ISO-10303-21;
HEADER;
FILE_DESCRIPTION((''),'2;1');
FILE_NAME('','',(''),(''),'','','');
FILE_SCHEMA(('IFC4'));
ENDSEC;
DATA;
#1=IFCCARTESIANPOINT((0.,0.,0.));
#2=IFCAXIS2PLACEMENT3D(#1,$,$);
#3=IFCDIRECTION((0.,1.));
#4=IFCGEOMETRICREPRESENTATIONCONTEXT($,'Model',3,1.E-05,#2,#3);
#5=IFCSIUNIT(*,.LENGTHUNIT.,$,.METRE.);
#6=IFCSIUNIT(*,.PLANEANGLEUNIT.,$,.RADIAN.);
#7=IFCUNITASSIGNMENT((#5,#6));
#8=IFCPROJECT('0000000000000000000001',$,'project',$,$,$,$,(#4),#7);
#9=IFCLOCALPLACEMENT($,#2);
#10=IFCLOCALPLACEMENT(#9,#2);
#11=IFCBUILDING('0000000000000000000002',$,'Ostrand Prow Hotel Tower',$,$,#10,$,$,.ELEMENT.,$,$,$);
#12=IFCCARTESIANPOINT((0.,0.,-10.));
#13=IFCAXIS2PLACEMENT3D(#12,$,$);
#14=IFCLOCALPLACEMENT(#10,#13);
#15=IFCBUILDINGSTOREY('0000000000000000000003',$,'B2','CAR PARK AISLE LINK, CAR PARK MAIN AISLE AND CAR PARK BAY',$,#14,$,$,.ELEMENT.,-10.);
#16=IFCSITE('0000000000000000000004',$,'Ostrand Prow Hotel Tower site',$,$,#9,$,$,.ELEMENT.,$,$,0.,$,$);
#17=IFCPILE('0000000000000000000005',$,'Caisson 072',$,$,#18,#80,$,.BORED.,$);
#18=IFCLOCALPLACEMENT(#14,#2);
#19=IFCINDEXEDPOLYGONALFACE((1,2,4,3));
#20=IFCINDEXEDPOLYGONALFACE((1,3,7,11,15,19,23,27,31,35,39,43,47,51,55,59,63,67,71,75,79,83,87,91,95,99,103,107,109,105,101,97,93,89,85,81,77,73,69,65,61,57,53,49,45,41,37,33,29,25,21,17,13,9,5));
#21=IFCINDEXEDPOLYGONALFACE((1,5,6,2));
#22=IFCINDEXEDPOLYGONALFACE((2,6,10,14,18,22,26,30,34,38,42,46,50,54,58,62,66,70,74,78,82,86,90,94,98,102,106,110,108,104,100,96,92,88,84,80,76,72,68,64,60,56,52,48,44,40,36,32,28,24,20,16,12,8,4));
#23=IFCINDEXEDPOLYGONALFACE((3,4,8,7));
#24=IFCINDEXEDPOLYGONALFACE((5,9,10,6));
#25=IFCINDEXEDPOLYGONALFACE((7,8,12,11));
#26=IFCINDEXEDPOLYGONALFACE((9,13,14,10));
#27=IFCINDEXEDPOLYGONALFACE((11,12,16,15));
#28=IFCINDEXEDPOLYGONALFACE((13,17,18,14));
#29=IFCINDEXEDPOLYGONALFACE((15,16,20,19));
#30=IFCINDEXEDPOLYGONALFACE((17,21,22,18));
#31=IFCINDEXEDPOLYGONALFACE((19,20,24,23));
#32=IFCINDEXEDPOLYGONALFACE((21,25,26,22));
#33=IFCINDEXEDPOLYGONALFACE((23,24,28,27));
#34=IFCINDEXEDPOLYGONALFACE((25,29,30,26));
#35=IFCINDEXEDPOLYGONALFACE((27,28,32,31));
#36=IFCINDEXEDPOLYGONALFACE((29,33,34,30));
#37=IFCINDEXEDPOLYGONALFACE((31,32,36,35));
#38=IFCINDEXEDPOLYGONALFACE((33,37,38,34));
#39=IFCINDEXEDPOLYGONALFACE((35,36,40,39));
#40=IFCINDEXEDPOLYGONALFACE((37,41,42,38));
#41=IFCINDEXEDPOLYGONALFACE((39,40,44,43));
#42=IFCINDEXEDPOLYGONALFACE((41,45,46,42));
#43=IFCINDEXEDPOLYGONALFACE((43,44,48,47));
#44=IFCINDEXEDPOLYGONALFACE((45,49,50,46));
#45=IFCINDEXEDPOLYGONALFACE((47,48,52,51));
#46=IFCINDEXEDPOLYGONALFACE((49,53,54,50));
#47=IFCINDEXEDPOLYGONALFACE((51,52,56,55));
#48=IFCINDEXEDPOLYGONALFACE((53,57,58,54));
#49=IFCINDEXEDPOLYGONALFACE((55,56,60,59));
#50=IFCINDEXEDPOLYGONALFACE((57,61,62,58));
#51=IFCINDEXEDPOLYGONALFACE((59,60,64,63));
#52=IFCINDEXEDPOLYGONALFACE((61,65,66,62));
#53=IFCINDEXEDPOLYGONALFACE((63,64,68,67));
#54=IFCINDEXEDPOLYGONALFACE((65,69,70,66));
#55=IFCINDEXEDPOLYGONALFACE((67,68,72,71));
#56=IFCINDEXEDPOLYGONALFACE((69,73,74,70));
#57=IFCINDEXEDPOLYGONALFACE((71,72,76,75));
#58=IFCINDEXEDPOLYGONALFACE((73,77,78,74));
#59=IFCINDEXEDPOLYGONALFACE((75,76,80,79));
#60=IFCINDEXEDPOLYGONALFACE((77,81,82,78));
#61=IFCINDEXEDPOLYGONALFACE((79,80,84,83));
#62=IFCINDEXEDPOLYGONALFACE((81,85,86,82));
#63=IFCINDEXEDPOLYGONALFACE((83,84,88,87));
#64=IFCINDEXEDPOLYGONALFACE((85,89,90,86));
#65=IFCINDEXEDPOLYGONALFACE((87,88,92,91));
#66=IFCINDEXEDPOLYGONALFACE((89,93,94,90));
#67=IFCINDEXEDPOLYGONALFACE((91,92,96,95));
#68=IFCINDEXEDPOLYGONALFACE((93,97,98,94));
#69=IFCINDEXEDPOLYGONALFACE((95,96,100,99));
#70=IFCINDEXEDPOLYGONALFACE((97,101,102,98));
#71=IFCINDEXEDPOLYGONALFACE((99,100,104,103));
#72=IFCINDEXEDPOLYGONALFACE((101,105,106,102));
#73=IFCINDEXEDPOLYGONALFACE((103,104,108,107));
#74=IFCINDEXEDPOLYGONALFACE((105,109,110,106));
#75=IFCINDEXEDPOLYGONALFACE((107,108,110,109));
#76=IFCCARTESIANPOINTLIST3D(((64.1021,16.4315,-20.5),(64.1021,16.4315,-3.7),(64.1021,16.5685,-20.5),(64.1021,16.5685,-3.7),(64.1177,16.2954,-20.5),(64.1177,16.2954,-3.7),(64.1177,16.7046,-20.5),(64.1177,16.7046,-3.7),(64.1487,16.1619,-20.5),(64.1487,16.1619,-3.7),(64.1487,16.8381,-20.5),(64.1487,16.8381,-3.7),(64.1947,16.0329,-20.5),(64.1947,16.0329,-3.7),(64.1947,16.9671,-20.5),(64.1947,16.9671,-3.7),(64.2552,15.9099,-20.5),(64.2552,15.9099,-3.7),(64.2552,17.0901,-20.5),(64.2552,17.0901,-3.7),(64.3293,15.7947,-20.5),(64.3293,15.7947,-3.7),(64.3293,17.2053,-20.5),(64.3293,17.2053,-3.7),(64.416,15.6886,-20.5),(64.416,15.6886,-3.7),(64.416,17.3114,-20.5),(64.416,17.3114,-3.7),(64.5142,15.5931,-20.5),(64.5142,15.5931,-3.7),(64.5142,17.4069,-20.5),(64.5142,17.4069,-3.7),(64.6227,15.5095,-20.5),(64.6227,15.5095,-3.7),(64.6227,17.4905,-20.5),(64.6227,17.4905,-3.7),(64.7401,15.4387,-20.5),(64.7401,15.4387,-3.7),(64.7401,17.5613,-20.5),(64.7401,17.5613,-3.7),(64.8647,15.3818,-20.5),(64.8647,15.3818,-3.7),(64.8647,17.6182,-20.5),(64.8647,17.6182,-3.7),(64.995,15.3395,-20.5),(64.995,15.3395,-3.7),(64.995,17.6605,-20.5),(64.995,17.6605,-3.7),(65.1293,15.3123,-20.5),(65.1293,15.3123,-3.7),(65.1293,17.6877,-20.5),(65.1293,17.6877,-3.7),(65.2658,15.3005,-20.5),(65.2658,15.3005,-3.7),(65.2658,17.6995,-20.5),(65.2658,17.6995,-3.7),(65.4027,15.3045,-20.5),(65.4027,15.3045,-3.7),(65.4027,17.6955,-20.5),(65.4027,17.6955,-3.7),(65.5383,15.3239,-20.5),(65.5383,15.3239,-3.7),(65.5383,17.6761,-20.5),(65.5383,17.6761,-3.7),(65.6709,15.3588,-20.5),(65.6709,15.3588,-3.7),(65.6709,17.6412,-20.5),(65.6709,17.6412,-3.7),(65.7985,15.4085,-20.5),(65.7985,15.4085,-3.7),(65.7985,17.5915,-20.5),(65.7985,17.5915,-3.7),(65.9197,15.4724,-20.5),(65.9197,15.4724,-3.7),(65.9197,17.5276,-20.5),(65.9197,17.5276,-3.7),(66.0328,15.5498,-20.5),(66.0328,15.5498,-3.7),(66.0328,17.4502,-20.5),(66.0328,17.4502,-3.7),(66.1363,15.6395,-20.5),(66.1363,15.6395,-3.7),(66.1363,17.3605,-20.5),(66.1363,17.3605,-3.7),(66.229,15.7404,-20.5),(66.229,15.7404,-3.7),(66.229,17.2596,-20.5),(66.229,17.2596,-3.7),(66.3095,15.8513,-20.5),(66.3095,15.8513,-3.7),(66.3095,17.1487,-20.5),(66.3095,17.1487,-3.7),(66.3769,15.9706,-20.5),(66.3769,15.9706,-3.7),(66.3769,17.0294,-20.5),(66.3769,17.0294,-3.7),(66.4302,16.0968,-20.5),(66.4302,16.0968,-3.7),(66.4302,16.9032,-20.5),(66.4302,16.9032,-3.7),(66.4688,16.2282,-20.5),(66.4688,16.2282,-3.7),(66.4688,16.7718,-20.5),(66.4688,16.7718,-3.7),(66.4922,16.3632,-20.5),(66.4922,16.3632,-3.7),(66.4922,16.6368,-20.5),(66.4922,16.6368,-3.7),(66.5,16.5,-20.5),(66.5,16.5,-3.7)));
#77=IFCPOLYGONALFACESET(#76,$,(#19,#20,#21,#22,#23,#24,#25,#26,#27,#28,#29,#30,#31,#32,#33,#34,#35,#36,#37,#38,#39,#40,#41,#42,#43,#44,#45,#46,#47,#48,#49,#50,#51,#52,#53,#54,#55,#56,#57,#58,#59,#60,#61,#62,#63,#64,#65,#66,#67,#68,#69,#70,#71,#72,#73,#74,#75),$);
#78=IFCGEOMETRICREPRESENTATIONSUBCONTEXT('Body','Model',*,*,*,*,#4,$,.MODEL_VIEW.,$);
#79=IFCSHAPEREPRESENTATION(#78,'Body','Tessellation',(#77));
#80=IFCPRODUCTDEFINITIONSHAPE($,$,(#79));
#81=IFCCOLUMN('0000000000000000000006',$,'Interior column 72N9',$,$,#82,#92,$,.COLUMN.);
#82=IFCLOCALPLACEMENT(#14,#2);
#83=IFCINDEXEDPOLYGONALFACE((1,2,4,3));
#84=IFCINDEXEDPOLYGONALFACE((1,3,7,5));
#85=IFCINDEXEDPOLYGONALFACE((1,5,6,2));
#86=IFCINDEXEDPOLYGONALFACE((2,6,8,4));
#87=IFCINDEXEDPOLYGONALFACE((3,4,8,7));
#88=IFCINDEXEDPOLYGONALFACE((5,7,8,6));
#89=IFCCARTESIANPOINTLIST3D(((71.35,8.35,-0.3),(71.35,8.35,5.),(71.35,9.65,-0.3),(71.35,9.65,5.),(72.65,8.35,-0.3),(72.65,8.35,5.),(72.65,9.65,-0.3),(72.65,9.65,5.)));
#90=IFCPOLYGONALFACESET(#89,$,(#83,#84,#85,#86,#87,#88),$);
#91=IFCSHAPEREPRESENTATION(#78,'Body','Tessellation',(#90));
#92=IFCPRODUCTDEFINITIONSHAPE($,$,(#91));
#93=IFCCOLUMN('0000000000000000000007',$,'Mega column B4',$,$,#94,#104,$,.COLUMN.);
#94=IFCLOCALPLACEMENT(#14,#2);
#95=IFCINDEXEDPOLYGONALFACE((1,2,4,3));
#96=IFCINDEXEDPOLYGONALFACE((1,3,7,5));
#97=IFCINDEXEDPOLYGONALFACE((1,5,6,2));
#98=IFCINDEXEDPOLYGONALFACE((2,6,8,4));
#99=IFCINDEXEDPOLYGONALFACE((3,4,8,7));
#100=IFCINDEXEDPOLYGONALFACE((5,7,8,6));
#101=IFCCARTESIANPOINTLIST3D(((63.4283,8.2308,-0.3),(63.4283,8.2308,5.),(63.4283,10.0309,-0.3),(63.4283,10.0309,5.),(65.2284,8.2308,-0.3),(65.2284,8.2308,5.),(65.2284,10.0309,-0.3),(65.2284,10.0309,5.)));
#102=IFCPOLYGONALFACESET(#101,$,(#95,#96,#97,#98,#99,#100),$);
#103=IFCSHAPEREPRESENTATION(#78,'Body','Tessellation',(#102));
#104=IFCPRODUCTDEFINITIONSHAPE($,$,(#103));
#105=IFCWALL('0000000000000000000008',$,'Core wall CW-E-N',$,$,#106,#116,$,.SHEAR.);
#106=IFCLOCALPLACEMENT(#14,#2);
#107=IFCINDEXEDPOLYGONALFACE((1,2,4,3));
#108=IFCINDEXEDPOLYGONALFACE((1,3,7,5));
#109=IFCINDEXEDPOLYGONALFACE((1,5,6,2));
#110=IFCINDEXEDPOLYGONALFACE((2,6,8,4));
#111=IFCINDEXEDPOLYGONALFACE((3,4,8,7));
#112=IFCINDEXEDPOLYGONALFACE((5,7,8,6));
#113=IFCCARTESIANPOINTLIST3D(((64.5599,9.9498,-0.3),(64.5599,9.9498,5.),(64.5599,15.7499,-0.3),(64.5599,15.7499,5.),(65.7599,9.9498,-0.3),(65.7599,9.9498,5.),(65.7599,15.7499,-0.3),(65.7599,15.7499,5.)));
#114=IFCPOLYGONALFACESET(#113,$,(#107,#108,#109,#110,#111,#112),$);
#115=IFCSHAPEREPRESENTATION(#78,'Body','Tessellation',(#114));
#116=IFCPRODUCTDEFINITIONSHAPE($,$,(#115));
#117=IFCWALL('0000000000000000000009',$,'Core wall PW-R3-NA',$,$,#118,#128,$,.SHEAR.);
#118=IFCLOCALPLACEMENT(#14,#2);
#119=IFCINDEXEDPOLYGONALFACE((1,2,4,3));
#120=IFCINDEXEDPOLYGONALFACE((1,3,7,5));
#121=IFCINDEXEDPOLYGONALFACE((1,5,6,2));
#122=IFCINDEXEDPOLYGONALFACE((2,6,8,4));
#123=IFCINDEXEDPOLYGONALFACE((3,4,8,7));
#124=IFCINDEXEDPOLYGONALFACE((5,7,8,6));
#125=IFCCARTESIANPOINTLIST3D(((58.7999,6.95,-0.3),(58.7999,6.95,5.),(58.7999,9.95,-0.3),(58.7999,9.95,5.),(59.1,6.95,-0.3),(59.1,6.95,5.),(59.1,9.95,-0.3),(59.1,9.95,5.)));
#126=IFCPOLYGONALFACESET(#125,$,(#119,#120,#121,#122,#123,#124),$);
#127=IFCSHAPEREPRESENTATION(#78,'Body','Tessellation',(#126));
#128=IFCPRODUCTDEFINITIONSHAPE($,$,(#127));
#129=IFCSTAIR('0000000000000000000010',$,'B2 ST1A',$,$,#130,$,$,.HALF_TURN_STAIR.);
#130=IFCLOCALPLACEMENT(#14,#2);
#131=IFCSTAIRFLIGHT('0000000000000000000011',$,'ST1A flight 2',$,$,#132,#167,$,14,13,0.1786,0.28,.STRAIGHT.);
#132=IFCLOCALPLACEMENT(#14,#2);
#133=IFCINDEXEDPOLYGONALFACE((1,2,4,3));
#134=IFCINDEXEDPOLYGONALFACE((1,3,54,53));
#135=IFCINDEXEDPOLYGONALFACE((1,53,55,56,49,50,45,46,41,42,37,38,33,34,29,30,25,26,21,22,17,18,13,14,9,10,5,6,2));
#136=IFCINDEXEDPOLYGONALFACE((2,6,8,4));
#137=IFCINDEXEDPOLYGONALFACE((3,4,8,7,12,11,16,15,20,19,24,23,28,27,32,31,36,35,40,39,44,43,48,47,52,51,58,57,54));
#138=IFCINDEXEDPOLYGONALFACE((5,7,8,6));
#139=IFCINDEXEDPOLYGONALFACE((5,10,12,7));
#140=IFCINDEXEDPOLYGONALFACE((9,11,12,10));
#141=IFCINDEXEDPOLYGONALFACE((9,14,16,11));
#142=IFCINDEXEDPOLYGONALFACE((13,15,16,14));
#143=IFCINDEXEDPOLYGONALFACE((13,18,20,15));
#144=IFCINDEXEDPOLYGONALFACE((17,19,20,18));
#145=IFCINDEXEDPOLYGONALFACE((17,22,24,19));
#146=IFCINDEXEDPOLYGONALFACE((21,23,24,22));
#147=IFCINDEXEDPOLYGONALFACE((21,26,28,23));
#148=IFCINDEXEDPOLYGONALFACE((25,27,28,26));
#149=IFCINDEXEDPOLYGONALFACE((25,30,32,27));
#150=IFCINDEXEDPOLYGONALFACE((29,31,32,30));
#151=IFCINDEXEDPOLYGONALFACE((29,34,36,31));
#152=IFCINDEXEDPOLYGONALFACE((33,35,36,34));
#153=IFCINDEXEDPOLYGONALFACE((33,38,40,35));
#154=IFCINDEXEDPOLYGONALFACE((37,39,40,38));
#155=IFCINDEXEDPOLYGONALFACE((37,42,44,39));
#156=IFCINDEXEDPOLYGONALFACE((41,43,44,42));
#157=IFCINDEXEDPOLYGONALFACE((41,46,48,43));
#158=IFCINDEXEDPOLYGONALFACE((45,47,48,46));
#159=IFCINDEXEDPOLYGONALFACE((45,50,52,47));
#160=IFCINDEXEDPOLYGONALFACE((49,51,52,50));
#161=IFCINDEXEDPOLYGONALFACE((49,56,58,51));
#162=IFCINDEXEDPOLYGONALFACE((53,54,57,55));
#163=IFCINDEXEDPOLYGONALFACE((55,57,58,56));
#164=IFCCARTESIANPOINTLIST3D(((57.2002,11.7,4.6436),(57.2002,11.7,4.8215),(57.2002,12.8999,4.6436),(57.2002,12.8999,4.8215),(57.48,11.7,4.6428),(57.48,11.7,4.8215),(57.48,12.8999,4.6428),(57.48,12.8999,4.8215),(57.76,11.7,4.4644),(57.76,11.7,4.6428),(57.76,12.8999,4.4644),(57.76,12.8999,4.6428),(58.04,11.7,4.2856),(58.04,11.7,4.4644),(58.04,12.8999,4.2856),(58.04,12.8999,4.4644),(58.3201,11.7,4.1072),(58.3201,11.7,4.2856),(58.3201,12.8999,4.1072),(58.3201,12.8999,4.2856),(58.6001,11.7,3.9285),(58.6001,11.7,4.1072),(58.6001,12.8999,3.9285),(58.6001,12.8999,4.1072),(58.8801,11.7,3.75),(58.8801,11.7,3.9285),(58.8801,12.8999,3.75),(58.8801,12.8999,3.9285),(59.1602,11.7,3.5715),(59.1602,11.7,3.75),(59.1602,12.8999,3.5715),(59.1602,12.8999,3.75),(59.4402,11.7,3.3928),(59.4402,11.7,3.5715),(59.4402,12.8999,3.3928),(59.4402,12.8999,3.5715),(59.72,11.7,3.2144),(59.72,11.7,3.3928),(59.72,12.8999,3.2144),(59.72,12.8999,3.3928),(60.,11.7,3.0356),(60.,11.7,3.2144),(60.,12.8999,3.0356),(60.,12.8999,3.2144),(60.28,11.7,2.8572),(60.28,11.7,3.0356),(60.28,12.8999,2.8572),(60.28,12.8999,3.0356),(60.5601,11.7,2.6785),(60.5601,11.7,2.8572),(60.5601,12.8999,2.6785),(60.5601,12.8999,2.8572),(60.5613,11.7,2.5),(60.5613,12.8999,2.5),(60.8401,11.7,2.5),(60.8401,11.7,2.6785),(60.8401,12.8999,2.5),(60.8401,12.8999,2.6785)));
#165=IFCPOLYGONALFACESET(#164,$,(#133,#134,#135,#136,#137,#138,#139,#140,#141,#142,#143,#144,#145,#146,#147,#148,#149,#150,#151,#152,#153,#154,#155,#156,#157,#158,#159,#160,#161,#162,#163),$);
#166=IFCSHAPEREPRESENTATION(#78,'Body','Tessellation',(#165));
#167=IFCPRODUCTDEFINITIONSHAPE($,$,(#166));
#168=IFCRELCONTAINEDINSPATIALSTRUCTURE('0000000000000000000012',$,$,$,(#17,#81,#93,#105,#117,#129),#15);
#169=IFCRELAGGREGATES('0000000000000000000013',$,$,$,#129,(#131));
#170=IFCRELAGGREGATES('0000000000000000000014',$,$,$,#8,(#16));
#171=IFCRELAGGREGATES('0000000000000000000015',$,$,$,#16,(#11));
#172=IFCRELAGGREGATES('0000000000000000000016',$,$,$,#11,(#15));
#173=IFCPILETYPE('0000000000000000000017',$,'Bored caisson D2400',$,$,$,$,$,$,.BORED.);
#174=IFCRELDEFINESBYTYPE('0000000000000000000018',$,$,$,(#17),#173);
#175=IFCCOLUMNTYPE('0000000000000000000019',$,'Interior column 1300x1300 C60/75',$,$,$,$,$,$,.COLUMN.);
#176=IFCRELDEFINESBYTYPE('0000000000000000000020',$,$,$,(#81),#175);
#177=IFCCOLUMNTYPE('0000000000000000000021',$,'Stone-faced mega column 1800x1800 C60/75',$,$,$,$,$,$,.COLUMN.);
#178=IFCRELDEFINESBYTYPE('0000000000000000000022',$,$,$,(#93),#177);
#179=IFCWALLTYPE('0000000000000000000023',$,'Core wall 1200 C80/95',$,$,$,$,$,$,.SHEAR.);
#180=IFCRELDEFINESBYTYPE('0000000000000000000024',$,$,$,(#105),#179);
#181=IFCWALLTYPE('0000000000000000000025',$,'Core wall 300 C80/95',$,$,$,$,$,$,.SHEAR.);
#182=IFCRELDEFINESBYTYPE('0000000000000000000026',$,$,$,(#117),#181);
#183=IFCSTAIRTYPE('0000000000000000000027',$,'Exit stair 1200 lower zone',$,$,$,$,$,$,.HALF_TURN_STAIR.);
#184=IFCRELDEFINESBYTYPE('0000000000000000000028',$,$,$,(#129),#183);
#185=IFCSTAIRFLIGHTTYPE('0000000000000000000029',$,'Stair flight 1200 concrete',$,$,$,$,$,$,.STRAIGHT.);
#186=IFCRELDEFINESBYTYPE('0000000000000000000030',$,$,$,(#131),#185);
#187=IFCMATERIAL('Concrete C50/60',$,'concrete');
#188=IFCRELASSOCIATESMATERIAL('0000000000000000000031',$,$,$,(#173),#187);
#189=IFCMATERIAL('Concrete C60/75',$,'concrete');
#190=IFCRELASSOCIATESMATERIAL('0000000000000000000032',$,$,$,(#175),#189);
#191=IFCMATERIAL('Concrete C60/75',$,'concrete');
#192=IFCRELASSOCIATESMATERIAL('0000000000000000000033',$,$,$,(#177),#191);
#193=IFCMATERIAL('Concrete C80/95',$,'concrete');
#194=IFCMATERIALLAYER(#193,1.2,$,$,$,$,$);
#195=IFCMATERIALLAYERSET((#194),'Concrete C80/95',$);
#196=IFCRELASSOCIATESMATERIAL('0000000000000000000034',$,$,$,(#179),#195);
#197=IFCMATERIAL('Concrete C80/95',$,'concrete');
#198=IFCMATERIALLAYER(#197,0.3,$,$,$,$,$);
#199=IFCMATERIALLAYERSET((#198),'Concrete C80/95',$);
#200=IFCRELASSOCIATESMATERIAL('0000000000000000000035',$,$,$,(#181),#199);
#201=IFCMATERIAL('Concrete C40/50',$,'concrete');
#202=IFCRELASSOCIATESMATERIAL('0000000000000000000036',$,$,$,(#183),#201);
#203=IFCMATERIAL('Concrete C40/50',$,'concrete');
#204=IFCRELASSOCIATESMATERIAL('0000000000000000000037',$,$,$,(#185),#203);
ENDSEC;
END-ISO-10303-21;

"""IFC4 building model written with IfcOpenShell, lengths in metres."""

from ifc_helpers import new_model, si_unit, direction, frame, frame_2d, origin, origin_2d, place, context, subcontext, project, spatial, polyline, rectangle, circle, outline, extrude, material, layer, layer_set, material_profile, profile_set, type_object, element, aggregate, save


model = new_model("IFC4")

# Units and contexts
model_context = context("Model", 3, precision=1e-05, world=origin(), true_north=direction((0.0, 1.0)))
body_context = subcontext(model_context, "Body", "Model", "MODEL_VIEW")
ifc_project = project(units=[si_unit("LENGTHUNIT", "METRE"), si_unit("PLANEANGLEUNIT", "RADIAN")], contexts=[model_context])

# Site, building, storey
site_placement = place(None, origin())
site = spatial("IfcSite", under=ifc_project, at=site_placement, Name="Ostrand Prow Hotel Tower site", CompositionType="ELEMENT", RefElevation=0.0)
building_placement = place(site_placement, origin())
building = spatial("IfcBuilding", under=site, at=building_placement, Name="Ostrand Prow Hotel Tower", CompositionType="ELEMENT")
storey_placement = place(building_placement, frame((0.0, 0.0, -10.0)))
storey = spatial("IfcBuildingStorey", under=building, at=storey_placement, Name="B2", Description="CAR PARK AISLE LINK, CAR PARK MAIN AISLE AND CAR PARK BAY", CompositionType="ELEMENT", Elevation=-10.0)

# Pile
ifc_material_1 = material(Name="Concrete C50/60", Category="concrete")
pile_type_1 = type_object("IfcPileType", Name="Bored caisson D2400", PredefinedType="BORED", material=ifc_material_1)
for number, where, z_axis, x_axis, name in (
    (1, (65.3, 16.5, -3.7), (0.0, 0.0, -1.0), (1.0, 0.0, 0.0), "Caisson 072"),
):
    element("IfcPile", number, at=place(storey_placement, frame(where, z_axis=z_axis, x_axis=x_axis)), inside=storey, type_object=pile_type_1, Name=name, PredefinedType="BORED", context=body_context, shape_type="SweptSolid", body=[
        extrude(circle(Radius=1.2, at=origin_2d()), origin(), (0.0, 0.0, 1.0), 16.8),
    ])

# Columns
ifc_material_2 = material(Name="Concrete C60/75", Category="concrete")
ifc_material_profile_1 = material_profile(ifc_material_2, rectangle(XDim=1.3, YDim=1.3, at=origin_2d()), Name="RC 1300x1300")
ifc_profile_set_1 = profile_set([ifc_material_profile_1], Name="Concrete C60/75")
column_type_1 = type_object("IfcColumnType", Name="Interior column 1300x1300 C60/75", PredefinedType="COLUMN", material=ifc_profile_set_1)
column_1_placement = place(storey_placement, frame((72.0, 9.0, -0.3), z_axis=(0.0, 0.0, 1.0), x_axis=(1.0, 0.0, 0.0)))
element("IfcColumn", 2, at=column_1_placement, inside=storey, type_object=column_type_1, Name="Interior column 72N9", PredefinedType="COLUMN", context=body_context, shape_type="SweptSolid", body=[
    extrude(rectangle(XDim=1.3, YDim=1.3, at=origin_2d()), origin(), (0.0, 0.0, 1.0), 5.3),
])
ifc_material_3 = material(Name="Concrete C60/75", Category="concrete")
ifc_material_profile_2 = material_profile(ifc_material_3, rectangle(XDim=1.8, YDim=1.8, at=origin_2d()), Name="RC 1800x1800")
ifc_profile_set_2 = profile_set([ifc_material_profile_2], Name="Concrete C60/75")
column_type_2 = type_object("IfcColumnType", Name="Stone-faced mega column 1800x1800 C60/75", PredefinedType="COLUMN", material=ifc_profile_set_2)
column_2_placement = place(storey_placement, frame((64.3284, 9.1309, -0.3), z_axis=(0.0, 0.0, 1.0), x_axis=(1.0, 0.0, 0.0)))
element("IfcColumn", 3, at=column_2_placement, inside=storey, type_object=column_type_2, Name="Mega column B4", PredefinedType="COLUMN", context=body_context, shape_type="SweptSolid", body=[
    extrude(rectangle(XDim=1.8, YDim=1.8, at=origin_2d()), origin(), (0.0, 0.0, 1.0), 5.3),
])

# Walls
ifc_material_4 = material(Name="Concrete C80/95", Category="concrete")
ifc_layer_1 = layer(ifc_material_4, 1.2)
ifc_layer_set_1 = layer_set([ifc_layer_1], Name="Concrete C80/95")
wall_type_1 = type_object("IfcWallType", Name="Core wall 1200 C80/95", PredefinedType="SHEAR", material=ifc_layer_set_1)
wall_1_placement = place(storey_placement, frame((65.1599, 9.95, -0.3), z_axis=(0.0, 0.0, 1.0), x_axis=(0.0, 1.0, 0.0)))
element("IfcWall", 4, at=wall_1_placement, inside=storey, type_object=wall_type_1, Name="Core wall CW-E-N", PredefinedType="SHEAR", context=body_context, shape_type="SweptSolid", body=[
    extrude(rectangle(XDim=5.8, YDim=1.2, at=frame_2d((2.8999, 0.0))), origin(), (0.0, 0.0, 1.0), 5.3),
])
ifc_material_5 = material(Name="Concrete C80/95", Category="concrete")
ifc_layer_2 = layer(ifc_material_5, 0.3)
ifc_layer_set_2 = layer_set([ifc_layer_2], Name="Concrete C80/95")
wall_type_2 = type_object("IfcWallType", Name="Core wall 300 C80/95", PredefinedType="SHEAR", material=ifc_layer_set_2)
wall_2_placement = place(storey_placement, frame((58.95, 6.95, -0.3), z_axis=(0.0, 0.0, 1.0), x_axis=(0.0, 1.0, 0.0)))
element("IfcWall", 5, at=wall_2_placement, inside=storey, type_object=wall_type_2, Name="Core wall PW-R3-NA", PredefinedType="SHEAR", context=body_context, shape_type="SweptSolid", body=[
    extrude(rectangle(XDim=3.0, YDim=0.3, at=frame_2d((1.5, 0.0))), origin(), (0.0, 0.0, 1.0), 5.3),
])

# Stair, stair flight
ifc_material_6 = material(Name="Concrete C40/50", Category="concrete")
stair_type = type_object("IfcStairType", Name="Exit stair 1200 lower zone", PredefinedType="HALF_TURN_STAIR", material=ifc_material_6)
stair_1_placement = place(storey_placement, origin())
stair_1 = element("IfcStair", 6, at=stair_1_placement, inside=storey, type_object=stair_type, Name="B2 ST1A", PredefinedType="HALF_TURN_STAIR")
ifc_material_7 = material(Name="Concrete C40/50", Category="concrete")
stair_flight_type = type_object("IfcStairFlightType", Name="Stair flight 1200 concrete", PredefinedType="STRAIGHT", material=ifc_material_7)
stair_flight_1_placement = place(storey_placement, frame((60.8401, 12.3, 2.5), z_axis=(0.0, 0.0, 1.0), x_axis=(-1.0, 0.0, 0.0)))
stair_flight_1 = element("IfcStairFlight", 7, at=stair_flight_1_placement, type_object=stair_flight_type, Name="ST1A flight 2", NumberOfRisers=14, NumberOfTreads=13, PredefinedType="STRAIGHT", RiserHeight=0.1786, TreadLength=0.28, context=body_context, shape_type="SweptSolid", body=[
    extrude(outline(polyline([(0.0, 0.0), (0.0, 0.1785), (0.28, 0.1785), (0.28, 0.3572), (0.5601, 0.3572), (0.5601, 0.5356), (0.8401, 0.5356), (0.8401, 0.7144), (1.1201, 0.7144), (1.1201, 0.8928), (1.3999, 0.8928), (1.3999, 1.0715), (1.6799, 1.0715), (1.6799, 1.25), (1.96, 1.25), (1.96, 1.4285), (2.24, 1.4285), (2.24, 1.6072), (2.52, 1.6072), (2.52, 1.7856), (2.8, 1.7856), (2.8, 1.9644), (3.0801, 1.9644), (3.0801, 2.1428), (3.3601, 2.1428), (3.3601, 2.3215), (3.6399, 2.3215), (3.6399, 2.5), (3.6399, 2.1436), (0.2788, 0.0), (0.0, 0.0)])), frame((0.0, 0.6001, 0.0), z_axis=(0.0, -1.0, 0.0), x_axis=(1.0, 0.0, 0.0)), (0.0, 0.0, 1.0), 1.2),
])
aggregate(stair_1, [stair_flight_1])

save(model, "model.ifc")
